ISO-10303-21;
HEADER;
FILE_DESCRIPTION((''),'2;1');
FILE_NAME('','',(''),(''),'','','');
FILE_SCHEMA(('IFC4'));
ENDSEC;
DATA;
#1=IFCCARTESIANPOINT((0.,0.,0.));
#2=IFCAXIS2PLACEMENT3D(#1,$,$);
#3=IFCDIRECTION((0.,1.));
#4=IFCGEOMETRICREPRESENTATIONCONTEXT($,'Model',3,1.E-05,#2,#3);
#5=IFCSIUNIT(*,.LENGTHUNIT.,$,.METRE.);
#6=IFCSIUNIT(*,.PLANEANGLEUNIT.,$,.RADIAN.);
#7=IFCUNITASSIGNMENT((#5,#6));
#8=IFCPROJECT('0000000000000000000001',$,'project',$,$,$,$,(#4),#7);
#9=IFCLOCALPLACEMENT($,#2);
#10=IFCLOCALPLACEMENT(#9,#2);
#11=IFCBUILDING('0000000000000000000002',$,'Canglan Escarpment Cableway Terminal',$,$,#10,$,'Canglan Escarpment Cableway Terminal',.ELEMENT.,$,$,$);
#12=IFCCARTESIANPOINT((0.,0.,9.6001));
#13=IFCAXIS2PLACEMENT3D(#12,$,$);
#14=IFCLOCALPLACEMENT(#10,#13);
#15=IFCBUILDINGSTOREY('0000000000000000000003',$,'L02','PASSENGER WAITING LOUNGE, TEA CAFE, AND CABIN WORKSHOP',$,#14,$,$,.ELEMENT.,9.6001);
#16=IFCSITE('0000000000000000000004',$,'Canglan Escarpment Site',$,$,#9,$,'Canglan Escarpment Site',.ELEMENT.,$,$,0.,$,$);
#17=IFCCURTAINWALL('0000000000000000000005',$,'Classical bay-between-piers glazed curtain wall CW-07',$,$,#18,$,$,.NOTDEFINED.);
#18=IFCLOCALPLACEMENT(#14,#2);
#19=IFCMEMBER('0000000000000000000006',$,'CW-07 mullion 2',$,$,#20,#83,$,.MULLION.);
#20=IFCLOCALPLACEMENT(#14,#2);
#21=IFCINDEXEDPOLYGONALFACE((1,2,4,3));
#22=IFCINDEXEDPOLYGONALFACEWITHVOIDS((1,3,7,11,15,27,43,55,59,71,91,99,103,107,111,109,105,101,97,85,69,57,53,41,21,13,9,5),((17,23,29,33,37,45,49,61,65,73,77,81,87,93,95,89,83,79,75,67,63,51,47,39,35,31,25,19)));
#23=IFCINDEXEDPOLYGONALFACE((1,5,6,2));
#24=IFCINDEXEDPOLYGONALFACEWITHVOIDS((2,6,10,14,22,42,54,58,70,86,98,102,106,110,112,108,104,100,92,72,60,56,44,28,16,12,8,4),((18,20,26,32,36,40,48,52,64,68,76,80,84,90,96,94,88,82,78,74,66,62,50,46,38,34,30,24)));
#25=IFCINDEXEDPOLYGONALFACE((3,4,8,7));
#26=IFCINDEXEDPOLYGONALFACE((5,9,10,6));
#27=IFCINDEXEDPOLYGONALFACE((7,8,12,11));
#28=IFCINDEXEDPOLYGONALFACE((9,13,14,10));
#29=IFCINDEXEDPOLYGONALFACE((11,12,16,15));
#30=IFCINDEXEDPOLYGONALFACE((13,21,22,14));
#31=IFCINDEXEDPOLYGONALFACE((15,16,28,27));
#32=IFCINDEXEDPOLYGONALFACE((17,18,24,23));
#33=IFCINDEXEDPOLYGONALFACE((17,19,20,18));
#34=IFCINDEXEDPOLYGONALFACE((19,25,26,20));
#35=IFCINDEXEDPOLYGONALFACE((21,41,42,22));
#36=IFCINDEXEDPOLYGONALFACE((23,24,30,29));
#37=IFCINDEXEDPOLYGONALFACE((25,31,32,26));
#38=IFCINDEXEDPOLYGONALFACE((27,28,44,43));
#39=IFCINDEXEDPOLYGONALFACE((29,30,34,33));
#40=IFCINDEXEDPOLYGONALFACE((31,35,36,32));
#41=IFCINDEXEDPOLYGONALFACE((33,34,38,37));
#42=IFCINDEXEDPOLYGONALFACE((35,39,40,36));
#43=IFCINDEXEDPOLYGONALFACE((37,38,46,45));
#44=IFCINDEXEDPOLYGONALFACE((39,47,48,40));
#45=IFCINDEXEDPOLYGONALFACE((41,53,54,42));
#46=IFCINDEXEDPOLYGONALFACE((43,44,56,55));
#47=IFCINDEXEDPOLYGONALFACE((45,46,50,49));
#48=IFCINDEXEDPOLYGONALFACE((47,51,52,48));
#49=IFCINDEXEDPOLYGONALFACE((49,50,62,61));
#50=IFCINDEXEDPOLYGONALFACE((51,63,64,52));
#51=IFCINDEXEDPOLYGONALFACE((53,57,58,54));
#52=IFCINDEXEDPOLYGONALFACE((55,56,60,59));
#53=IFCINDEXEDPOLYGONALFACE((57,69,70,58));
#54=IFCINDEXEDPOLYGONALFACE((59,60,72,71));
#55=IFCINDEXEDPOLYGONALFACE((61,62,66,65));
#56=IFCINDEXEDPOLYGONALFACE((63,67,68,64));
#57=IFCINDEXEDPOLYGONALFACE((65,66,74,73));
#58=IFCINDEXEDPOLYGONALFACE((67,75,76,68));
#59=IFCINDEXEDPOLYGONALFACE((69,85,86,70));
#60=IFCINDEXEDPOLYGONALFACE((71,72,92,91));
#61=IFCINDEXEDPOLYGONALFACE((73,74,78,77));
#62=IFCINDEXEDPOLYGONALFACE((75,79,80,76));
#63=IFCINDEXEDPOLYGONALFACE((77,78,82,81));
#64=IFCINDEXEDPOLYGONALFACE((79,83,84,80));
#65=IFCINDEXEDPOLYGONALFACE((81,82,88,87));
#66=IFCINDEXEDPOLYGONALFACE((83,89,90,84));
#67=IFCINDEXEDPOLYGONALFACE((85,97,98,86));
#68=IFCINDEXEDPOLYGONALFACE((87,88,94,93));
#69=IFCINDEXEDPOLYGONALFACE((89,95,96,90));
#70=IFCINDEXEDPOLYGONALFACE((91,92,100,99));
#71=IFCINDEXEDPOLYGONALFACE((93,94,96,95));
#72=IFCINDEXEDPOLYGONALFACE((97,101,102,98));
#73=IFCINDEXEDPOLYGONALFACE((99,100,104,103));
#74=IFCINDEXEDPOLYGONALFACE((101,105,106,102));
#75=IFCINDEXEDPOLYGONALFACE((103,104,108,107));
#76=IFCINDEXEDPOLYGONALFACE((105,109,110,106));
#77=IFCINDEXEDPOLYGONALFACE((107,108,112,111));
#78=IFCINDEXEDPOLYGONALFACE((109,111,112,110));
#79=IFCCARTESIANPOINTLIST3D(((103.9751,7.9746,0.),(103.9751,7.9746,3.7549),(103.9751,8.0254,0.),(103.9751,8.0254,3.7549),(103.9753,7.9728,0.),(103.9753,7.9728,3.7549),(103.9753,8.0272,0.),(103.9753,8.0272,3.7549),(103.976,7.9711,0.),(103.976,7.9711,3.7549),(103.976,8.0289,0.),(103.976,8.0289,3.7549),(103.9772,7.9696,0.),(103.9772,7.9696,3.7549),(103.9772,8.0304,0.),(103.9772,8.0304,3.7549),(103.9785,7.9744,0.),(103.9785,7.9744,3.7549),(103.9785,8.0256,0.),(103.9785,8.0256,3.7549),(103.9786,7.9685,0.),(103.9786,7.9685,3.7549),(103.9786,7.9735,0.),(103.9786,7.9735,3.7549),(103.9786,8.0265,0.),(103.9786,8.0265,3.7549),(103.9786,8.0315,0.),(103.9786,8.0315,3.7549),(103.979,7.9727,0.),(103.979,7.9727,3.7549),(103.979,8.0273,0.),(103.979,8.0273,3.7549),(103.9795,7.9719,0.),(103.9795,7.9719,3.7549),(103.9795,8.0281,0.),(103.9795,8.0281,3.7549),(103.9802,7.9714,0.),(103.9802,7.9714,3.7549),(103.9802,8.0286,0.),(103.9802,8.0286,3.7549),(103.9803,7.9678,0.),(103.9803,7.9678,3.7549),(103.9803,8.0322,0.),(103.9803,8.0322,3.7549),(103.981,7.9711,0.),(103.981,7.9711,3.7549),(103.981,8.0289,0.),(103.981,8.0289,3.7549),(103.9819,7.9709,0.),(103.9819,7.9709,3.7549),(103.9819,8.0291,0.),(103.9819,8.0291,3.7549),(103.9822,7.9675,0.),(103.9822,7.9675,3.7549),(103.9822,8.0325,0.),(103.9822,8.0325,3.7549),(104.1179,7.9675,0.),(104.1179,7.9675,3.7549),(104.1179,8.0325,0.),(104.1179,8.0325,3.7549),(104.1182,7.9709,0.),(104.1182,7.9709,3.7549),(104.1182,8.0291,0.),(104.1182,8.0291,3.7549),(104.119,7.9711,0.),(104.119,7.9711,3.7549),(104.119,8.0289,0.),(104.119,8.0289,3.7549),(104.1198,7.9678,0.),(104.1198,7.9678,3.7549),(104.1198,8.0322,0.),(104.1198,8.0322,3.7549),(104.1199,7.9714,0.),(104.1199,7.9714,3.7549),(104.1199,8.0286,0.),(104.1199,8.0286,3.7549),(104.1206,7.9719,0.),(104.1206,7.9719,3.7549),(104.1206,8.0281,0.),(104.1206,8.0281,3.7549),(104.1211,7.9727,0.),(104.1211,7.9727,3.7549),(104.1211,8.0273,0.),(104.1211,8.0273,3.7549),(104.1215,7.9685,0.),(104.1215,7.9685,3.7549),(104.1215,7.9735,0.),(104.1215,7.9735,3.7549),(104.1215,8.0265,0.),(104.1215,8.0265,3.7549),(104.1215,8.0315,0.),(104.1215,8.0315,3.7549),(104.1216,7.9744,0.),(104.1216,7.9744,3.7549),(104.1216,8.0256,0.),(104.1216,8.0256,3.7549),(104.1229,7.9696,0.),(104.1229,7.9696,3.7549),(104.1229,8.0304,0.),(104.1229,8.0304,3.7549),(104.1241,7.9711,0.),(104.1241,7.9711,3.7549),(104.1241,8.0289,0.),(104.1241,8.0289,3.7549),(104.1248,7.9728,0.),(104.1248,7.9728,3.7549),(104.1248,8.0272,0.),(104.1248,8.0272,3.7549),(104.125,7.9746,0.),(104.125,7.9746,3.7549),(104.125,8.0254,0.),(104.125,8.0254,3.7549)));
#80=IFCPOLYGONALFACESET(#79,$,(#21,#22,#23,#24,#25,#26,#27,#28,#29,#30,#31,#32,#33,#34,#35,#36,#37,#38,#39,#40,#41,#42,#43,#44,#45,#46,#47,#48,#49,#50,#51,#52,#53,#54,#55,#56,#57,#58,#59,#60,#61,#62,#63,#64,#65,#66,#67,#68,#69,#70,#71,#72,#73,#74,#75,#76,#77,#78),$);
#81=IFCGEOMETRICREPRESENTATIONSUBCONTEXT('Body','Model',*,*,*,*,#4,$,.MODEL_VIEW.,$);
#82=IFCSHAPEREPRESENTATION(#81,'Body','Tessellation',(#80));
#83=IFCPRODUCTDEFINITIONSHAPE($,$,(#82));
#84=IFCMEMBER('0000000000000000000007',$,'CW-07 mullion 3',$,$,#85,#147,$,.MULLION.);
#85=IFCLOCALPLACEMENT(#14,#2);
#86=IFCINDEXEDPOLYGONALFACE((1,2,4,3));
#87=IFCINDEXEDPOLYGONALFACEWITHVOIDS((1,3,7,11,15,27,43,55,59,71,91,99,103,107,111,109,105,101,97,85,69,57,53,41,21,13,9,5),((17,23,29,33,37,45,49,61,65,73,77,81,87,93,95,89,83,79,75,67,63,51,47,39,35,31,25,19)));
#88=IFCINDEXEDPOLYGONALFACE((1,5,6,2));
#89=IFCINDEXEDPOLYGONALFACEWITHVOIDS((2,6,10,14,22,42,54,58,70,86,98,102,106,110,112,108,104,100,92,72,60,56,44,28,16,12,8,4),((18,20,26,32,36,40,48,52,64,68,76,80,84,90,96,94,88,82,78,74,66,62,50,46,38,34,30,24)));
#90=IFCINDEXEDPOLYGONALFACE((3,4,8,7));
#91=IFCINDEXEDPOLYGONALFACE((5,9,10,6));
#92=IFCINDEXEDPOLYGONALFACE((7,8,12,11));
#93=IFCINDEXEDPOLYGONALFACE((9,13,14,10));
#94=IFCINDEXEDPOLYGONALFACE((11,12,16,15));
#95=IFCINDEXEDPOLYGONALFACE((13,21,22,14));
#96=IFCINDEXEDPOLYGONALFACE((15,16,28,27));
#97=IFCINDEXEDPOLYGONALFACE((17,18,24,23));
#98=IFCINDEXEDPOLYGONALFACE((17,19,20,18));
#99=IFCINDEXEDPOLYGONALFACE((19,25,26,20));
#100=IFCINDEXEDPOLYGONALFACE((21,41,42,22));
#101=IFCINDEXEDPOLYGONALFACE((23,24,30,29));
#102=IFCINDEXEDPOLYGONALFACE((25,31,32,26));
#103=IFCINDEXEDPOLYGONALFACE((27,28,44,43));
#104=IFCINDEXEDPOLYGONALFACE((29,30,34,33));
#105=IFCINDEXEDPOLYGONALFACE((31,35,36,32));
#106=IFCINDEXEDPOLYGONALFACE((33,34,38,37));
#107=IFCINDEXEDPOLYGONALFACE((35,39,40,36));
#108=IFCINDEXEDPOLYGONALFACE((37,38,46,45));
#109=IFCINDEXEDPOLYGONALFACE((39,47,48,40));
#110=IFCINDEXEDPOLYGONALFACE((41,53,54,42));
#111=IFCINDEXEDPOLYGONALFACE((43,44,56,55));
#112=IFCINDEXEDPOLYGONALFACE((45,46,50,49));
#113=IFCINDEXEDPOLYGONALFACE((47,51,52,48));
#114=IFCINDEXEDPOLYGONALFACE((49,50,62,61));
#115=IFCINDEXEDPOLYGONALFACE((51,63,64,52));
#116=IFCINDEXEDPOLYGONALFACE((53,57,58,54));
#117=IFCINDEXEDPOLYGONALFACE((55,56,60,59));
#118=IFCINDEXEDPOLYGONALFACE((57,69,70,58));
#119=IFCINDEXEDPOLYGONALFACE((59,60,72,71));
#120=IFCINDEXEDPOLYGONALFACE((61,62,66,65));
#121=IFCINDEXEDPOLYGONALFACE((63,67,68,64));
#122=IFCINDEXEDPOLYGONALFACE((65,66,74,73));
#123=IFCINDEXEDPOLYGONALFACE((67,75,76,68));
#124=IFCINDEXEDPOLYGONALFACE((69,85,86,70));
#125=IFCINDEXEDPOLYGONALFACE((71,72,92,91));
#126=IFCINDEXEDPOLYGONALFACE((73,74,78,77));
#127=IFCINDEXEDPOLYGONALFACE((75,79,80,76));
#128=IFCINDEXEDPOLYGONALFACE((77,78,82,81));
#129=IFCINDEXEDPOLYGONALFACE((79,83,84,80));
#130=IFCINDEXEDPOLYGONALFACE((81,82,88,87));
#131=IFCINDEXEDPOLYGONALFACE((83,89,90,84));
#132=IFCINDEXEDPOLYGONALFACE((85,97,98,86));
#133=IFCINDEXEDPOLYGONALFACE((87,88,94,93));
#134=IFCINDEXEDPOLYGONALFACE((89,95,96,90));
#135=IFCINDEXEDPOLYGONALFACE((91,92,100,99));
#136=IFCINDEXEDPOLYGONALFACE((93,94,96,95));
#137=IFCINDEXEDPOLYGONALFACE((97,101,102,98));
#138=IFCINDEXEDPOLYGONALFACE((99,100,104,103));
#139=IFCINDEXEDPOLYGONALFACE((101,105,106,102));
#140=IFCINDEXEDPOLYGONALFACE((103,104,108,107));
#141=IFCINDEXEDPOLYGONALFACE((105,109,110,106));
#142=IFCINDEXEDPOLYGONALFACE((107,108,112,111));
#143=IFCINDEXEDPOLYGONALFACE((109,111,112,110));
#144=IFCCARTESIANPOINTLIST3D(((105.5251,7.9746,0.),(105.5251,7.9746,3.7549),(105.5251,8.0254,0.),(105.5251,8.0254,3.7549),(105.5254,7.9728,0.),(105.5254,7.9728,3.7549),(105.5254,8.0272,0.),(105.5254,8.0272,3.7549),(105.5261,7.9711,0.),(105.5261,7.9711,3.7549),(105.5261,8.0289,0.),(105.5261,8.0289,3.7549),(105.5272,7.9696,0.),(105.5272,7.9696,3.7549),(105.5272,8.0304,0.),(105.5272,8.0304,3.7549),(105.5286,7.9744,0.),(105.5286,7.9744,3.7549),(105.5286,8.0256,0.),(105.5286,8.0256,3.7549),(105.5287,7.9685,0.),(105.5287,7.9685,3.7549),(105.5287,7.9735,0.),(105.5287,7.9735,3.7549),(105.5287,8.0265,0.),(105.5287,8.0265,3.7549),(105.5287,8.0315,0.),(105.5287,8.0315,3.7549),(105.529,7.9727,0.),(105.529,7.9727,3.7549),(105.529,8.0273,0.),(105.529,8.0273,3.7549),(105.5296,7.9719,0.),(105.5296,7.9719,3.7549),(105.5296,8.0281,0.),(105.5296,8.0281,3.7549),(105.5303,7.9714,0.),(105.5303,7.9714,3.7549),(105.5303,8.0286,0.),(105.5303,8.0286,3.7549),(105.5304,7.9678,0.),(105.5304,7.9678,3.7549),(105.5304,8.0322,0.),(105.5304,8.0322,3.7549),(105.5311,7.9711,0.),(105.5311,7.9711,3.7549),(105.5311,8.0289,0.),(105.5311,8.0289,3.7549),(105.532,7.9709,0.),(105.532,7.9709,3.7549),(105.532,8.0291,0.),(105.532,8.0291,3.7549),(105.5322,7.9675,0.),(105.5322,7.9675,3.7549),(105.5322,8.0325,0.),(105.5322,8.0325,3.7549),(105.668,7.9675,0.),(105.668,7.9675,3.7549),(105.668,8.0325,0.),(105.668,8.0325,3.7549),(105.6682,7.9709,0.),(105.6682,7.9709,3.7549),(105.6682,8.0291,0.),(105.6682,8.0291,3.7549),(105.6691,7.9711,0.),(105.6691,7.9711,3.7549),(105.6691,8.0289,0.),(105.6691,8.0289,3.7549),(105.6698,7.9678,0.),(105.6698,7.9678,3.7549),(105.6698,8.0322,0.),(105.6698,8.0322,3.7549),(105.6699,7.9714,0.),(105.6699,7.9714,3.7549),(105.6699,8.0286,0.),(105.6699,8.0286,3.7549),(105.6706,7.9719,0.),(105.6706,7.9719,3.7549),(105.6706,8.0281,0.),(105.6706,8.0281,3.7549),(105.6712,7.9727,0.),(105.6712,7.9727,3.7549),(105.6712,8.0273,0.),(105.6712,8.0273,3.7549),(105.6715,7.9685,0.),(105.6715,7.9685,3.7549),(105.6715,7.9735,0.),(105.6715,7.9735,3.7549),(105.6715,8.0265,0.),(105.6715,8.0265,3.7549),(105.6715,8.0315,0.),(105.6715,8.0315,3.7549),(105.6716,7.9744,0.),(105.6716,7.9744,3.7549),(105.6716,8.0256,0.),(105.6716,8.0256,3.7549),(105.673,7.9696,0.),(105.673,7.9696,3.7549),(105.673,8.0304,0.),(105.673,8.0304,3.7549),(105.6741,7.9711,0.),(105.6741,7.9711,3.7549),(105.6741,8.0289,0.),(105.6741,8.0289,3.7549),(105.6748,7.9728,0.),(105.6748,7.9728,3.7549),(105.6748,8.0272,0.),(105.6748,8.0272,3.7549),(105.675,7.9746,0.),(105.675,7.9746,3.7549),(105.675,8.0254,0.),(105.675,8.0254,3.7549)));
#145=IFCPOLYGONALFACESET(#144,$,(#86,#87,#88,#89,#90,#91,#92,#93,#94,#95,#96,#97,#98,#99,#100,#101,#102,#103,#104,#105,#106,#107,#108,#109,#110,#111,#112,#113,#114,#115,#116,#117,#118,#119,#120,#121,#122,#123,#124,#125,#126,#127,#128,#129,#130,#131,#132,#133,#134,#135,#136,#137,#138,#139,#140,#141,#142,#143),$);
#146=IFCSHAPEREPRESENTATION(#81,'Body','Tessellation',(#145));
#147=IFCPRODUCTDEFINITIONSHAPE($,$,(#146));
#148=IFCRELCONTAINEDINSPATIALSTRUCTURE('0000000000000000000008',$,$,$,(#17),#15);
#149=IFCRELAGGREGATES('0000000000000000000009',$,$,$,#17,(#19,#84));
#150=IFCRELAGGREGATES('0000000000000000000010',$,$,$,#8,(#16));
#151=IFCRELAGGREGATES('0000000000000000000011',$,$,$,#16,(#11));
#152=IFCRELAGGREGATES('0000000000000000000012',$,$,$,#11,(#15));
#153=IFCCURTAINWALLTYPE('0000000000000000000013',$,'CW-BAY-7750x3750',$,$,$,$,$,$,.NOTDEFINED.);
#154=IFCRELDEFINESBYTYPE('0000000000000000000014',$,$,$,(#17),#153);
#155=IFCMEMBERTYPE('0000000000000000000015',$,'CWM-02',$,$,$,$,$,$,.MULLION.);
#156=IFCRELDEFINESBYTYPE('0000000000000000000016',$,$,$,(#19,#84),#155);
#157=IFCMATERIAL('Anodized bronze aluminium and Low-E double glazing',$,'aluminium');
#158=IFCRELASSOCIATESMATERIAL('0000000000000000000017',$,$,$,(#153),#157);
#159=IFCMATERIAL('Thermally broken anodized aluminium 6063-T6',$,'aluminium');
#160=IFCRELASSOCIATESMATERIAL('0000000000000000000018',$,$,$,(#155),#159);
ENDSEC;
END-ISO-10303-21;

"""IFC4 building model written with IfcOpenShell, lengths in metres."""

from ifc_helpers import new_model, si_unit, direction, frame, origin, origin_2d, place, context, subcontext, project, spatial, hollow_rectangle, extrude, material, material_profile, profile_set, type_object, element, aggregate, save


model = new_model("IFC4")

# Units and contexts
model_context = context("Model", 3, precision=1e-05, world=origin(), true_north=direction((0.0, 1.0)))
body_context = subcontext(model_context, "Body", "Model", "MODEL_VIEW")
ifc_project = project(units=[si_unit("LENGTHUNIT", "METRE"), si_unit("PLANEANGLEUNIT", "RADIAN")], contexts=[model_context])

# Site, building, storey
site_placement = place(None, origin())
site = spatial("IfcSite", under=ifc_project, at=site_placement, Name="Canglan Escarpment Site", LongName="Canglan Escarpment Site", CompositionType="ELEMENT", RefElevation=0.0)
building_placement = place(site_placement, origin())
building = spatial("IfcBuilding", under=site, at=building_placement, Name="Canglan Escarpment Cableway Terminal", LongName="Canglan Escarpment Cableway Terminal", CompositionType="ELEMENT")
storey_placement = place(building_placement, frame((0.0, 0.0, 9.6001)))
storey = spatial("IfcBuildingStorey", under=building, at=storey_placement, Name="L02", Description="PASSENGER WAITING LOUNGE, TEA CAFE, AND CABIN WORKSHOP", CompositionType="ELEMENT", Elevation=9.6001)

# Curtain wall, members
ifc_material_1 = material(Name="Anodized bronze aluminium and Low-E double glazing", Category="aluminium")
curtain_wall_type = type_object("IfcCurtainWallType", Name="CW-BAY-7750x3750", PredefinedType="NOTDEFINED", material=ifc_material_1)
curtain_wall_placement = place(storey_placement, origin())
curtain_wall = element("IfcCurtainWall", 1, at=curtain_wall_placement, inside=storey, type_object=curtain_wall_type, Name="Classical bay-between-piers glazed curtain wall CW-07", PredefinedType="NOTDEFINED")
ifc_material_2 = material(Name="Thermally broken anodized aluminium 6063-T6", Category="aluminium")
ifc_material_profile_1 = material_profile(ifc_material_2, hollow_rectangle(XDim=0.0649, YDim=0.1499, WallThickness=0.0034, InnerFilletRadius=0.0034, OuterFilletRadius=0.0071, at=origin_2d()), Name="ALU-MULL 65x150x3.5")
ifc_profile_set_1 = profile_set([ifc_material_profile_1], Name="Thermally broken anodized aluminium 6063-T6")
member_type_1 = type_object("IfcMemberType", Name="CWM-02", PredefinedType="MULLION", material=ifc_profile_set_1)
member_1_placement = place(storey_placement, frame((104.05, 8.0, 0.0), z_axis=(0.0, 0.0, 1.0), x_axis=(0.0, 1.0, 0.0)))
member_1 = element("IfcMember", 2, at=member_1_placement, type_object=member_type_1, Name="CW-07 mullion 2", PredefinedType="MULLION", context=body_context, shape_type="SweptSolid", body=[
    extrude(hollow_rectangle(XDim=0.0649, YDim=0.1499, WallThickness=0.0034, InnerFilletRadius=0.0034, OuterFilletRadius=0.0071, at=origin_2d()), origin(), (0.0, 0.0, 1.0), 3.7549),
])
member_2_placement = place(storey_placement, frame((105.6001, 8.0, 0.0), z_axis=(0.0, 0.0, 1.0), x_axis=(0.0, 1.0, 0.0)))
member_2 = element("IfcMember", 3, at=member_2_placement, type_object=member_type_1, Name="CW-07 mullion 3", PredefinedType="MULLION", context=body_context, shape_type="SweptSolid", body=[
    extrude(hollow_rectangle(XDim=0.0649, YDim=0.1499, WallThickness=0.0034, InnerFilletRadius=0.0034, OuterFilletRadius=0.0071, at=origin_2d()), origin(), (0.0, 0.0, 1.0), 3.7549),
])

aggregate(curtain_wall, [member_1, member_2])

save(model, "model.ifc")
